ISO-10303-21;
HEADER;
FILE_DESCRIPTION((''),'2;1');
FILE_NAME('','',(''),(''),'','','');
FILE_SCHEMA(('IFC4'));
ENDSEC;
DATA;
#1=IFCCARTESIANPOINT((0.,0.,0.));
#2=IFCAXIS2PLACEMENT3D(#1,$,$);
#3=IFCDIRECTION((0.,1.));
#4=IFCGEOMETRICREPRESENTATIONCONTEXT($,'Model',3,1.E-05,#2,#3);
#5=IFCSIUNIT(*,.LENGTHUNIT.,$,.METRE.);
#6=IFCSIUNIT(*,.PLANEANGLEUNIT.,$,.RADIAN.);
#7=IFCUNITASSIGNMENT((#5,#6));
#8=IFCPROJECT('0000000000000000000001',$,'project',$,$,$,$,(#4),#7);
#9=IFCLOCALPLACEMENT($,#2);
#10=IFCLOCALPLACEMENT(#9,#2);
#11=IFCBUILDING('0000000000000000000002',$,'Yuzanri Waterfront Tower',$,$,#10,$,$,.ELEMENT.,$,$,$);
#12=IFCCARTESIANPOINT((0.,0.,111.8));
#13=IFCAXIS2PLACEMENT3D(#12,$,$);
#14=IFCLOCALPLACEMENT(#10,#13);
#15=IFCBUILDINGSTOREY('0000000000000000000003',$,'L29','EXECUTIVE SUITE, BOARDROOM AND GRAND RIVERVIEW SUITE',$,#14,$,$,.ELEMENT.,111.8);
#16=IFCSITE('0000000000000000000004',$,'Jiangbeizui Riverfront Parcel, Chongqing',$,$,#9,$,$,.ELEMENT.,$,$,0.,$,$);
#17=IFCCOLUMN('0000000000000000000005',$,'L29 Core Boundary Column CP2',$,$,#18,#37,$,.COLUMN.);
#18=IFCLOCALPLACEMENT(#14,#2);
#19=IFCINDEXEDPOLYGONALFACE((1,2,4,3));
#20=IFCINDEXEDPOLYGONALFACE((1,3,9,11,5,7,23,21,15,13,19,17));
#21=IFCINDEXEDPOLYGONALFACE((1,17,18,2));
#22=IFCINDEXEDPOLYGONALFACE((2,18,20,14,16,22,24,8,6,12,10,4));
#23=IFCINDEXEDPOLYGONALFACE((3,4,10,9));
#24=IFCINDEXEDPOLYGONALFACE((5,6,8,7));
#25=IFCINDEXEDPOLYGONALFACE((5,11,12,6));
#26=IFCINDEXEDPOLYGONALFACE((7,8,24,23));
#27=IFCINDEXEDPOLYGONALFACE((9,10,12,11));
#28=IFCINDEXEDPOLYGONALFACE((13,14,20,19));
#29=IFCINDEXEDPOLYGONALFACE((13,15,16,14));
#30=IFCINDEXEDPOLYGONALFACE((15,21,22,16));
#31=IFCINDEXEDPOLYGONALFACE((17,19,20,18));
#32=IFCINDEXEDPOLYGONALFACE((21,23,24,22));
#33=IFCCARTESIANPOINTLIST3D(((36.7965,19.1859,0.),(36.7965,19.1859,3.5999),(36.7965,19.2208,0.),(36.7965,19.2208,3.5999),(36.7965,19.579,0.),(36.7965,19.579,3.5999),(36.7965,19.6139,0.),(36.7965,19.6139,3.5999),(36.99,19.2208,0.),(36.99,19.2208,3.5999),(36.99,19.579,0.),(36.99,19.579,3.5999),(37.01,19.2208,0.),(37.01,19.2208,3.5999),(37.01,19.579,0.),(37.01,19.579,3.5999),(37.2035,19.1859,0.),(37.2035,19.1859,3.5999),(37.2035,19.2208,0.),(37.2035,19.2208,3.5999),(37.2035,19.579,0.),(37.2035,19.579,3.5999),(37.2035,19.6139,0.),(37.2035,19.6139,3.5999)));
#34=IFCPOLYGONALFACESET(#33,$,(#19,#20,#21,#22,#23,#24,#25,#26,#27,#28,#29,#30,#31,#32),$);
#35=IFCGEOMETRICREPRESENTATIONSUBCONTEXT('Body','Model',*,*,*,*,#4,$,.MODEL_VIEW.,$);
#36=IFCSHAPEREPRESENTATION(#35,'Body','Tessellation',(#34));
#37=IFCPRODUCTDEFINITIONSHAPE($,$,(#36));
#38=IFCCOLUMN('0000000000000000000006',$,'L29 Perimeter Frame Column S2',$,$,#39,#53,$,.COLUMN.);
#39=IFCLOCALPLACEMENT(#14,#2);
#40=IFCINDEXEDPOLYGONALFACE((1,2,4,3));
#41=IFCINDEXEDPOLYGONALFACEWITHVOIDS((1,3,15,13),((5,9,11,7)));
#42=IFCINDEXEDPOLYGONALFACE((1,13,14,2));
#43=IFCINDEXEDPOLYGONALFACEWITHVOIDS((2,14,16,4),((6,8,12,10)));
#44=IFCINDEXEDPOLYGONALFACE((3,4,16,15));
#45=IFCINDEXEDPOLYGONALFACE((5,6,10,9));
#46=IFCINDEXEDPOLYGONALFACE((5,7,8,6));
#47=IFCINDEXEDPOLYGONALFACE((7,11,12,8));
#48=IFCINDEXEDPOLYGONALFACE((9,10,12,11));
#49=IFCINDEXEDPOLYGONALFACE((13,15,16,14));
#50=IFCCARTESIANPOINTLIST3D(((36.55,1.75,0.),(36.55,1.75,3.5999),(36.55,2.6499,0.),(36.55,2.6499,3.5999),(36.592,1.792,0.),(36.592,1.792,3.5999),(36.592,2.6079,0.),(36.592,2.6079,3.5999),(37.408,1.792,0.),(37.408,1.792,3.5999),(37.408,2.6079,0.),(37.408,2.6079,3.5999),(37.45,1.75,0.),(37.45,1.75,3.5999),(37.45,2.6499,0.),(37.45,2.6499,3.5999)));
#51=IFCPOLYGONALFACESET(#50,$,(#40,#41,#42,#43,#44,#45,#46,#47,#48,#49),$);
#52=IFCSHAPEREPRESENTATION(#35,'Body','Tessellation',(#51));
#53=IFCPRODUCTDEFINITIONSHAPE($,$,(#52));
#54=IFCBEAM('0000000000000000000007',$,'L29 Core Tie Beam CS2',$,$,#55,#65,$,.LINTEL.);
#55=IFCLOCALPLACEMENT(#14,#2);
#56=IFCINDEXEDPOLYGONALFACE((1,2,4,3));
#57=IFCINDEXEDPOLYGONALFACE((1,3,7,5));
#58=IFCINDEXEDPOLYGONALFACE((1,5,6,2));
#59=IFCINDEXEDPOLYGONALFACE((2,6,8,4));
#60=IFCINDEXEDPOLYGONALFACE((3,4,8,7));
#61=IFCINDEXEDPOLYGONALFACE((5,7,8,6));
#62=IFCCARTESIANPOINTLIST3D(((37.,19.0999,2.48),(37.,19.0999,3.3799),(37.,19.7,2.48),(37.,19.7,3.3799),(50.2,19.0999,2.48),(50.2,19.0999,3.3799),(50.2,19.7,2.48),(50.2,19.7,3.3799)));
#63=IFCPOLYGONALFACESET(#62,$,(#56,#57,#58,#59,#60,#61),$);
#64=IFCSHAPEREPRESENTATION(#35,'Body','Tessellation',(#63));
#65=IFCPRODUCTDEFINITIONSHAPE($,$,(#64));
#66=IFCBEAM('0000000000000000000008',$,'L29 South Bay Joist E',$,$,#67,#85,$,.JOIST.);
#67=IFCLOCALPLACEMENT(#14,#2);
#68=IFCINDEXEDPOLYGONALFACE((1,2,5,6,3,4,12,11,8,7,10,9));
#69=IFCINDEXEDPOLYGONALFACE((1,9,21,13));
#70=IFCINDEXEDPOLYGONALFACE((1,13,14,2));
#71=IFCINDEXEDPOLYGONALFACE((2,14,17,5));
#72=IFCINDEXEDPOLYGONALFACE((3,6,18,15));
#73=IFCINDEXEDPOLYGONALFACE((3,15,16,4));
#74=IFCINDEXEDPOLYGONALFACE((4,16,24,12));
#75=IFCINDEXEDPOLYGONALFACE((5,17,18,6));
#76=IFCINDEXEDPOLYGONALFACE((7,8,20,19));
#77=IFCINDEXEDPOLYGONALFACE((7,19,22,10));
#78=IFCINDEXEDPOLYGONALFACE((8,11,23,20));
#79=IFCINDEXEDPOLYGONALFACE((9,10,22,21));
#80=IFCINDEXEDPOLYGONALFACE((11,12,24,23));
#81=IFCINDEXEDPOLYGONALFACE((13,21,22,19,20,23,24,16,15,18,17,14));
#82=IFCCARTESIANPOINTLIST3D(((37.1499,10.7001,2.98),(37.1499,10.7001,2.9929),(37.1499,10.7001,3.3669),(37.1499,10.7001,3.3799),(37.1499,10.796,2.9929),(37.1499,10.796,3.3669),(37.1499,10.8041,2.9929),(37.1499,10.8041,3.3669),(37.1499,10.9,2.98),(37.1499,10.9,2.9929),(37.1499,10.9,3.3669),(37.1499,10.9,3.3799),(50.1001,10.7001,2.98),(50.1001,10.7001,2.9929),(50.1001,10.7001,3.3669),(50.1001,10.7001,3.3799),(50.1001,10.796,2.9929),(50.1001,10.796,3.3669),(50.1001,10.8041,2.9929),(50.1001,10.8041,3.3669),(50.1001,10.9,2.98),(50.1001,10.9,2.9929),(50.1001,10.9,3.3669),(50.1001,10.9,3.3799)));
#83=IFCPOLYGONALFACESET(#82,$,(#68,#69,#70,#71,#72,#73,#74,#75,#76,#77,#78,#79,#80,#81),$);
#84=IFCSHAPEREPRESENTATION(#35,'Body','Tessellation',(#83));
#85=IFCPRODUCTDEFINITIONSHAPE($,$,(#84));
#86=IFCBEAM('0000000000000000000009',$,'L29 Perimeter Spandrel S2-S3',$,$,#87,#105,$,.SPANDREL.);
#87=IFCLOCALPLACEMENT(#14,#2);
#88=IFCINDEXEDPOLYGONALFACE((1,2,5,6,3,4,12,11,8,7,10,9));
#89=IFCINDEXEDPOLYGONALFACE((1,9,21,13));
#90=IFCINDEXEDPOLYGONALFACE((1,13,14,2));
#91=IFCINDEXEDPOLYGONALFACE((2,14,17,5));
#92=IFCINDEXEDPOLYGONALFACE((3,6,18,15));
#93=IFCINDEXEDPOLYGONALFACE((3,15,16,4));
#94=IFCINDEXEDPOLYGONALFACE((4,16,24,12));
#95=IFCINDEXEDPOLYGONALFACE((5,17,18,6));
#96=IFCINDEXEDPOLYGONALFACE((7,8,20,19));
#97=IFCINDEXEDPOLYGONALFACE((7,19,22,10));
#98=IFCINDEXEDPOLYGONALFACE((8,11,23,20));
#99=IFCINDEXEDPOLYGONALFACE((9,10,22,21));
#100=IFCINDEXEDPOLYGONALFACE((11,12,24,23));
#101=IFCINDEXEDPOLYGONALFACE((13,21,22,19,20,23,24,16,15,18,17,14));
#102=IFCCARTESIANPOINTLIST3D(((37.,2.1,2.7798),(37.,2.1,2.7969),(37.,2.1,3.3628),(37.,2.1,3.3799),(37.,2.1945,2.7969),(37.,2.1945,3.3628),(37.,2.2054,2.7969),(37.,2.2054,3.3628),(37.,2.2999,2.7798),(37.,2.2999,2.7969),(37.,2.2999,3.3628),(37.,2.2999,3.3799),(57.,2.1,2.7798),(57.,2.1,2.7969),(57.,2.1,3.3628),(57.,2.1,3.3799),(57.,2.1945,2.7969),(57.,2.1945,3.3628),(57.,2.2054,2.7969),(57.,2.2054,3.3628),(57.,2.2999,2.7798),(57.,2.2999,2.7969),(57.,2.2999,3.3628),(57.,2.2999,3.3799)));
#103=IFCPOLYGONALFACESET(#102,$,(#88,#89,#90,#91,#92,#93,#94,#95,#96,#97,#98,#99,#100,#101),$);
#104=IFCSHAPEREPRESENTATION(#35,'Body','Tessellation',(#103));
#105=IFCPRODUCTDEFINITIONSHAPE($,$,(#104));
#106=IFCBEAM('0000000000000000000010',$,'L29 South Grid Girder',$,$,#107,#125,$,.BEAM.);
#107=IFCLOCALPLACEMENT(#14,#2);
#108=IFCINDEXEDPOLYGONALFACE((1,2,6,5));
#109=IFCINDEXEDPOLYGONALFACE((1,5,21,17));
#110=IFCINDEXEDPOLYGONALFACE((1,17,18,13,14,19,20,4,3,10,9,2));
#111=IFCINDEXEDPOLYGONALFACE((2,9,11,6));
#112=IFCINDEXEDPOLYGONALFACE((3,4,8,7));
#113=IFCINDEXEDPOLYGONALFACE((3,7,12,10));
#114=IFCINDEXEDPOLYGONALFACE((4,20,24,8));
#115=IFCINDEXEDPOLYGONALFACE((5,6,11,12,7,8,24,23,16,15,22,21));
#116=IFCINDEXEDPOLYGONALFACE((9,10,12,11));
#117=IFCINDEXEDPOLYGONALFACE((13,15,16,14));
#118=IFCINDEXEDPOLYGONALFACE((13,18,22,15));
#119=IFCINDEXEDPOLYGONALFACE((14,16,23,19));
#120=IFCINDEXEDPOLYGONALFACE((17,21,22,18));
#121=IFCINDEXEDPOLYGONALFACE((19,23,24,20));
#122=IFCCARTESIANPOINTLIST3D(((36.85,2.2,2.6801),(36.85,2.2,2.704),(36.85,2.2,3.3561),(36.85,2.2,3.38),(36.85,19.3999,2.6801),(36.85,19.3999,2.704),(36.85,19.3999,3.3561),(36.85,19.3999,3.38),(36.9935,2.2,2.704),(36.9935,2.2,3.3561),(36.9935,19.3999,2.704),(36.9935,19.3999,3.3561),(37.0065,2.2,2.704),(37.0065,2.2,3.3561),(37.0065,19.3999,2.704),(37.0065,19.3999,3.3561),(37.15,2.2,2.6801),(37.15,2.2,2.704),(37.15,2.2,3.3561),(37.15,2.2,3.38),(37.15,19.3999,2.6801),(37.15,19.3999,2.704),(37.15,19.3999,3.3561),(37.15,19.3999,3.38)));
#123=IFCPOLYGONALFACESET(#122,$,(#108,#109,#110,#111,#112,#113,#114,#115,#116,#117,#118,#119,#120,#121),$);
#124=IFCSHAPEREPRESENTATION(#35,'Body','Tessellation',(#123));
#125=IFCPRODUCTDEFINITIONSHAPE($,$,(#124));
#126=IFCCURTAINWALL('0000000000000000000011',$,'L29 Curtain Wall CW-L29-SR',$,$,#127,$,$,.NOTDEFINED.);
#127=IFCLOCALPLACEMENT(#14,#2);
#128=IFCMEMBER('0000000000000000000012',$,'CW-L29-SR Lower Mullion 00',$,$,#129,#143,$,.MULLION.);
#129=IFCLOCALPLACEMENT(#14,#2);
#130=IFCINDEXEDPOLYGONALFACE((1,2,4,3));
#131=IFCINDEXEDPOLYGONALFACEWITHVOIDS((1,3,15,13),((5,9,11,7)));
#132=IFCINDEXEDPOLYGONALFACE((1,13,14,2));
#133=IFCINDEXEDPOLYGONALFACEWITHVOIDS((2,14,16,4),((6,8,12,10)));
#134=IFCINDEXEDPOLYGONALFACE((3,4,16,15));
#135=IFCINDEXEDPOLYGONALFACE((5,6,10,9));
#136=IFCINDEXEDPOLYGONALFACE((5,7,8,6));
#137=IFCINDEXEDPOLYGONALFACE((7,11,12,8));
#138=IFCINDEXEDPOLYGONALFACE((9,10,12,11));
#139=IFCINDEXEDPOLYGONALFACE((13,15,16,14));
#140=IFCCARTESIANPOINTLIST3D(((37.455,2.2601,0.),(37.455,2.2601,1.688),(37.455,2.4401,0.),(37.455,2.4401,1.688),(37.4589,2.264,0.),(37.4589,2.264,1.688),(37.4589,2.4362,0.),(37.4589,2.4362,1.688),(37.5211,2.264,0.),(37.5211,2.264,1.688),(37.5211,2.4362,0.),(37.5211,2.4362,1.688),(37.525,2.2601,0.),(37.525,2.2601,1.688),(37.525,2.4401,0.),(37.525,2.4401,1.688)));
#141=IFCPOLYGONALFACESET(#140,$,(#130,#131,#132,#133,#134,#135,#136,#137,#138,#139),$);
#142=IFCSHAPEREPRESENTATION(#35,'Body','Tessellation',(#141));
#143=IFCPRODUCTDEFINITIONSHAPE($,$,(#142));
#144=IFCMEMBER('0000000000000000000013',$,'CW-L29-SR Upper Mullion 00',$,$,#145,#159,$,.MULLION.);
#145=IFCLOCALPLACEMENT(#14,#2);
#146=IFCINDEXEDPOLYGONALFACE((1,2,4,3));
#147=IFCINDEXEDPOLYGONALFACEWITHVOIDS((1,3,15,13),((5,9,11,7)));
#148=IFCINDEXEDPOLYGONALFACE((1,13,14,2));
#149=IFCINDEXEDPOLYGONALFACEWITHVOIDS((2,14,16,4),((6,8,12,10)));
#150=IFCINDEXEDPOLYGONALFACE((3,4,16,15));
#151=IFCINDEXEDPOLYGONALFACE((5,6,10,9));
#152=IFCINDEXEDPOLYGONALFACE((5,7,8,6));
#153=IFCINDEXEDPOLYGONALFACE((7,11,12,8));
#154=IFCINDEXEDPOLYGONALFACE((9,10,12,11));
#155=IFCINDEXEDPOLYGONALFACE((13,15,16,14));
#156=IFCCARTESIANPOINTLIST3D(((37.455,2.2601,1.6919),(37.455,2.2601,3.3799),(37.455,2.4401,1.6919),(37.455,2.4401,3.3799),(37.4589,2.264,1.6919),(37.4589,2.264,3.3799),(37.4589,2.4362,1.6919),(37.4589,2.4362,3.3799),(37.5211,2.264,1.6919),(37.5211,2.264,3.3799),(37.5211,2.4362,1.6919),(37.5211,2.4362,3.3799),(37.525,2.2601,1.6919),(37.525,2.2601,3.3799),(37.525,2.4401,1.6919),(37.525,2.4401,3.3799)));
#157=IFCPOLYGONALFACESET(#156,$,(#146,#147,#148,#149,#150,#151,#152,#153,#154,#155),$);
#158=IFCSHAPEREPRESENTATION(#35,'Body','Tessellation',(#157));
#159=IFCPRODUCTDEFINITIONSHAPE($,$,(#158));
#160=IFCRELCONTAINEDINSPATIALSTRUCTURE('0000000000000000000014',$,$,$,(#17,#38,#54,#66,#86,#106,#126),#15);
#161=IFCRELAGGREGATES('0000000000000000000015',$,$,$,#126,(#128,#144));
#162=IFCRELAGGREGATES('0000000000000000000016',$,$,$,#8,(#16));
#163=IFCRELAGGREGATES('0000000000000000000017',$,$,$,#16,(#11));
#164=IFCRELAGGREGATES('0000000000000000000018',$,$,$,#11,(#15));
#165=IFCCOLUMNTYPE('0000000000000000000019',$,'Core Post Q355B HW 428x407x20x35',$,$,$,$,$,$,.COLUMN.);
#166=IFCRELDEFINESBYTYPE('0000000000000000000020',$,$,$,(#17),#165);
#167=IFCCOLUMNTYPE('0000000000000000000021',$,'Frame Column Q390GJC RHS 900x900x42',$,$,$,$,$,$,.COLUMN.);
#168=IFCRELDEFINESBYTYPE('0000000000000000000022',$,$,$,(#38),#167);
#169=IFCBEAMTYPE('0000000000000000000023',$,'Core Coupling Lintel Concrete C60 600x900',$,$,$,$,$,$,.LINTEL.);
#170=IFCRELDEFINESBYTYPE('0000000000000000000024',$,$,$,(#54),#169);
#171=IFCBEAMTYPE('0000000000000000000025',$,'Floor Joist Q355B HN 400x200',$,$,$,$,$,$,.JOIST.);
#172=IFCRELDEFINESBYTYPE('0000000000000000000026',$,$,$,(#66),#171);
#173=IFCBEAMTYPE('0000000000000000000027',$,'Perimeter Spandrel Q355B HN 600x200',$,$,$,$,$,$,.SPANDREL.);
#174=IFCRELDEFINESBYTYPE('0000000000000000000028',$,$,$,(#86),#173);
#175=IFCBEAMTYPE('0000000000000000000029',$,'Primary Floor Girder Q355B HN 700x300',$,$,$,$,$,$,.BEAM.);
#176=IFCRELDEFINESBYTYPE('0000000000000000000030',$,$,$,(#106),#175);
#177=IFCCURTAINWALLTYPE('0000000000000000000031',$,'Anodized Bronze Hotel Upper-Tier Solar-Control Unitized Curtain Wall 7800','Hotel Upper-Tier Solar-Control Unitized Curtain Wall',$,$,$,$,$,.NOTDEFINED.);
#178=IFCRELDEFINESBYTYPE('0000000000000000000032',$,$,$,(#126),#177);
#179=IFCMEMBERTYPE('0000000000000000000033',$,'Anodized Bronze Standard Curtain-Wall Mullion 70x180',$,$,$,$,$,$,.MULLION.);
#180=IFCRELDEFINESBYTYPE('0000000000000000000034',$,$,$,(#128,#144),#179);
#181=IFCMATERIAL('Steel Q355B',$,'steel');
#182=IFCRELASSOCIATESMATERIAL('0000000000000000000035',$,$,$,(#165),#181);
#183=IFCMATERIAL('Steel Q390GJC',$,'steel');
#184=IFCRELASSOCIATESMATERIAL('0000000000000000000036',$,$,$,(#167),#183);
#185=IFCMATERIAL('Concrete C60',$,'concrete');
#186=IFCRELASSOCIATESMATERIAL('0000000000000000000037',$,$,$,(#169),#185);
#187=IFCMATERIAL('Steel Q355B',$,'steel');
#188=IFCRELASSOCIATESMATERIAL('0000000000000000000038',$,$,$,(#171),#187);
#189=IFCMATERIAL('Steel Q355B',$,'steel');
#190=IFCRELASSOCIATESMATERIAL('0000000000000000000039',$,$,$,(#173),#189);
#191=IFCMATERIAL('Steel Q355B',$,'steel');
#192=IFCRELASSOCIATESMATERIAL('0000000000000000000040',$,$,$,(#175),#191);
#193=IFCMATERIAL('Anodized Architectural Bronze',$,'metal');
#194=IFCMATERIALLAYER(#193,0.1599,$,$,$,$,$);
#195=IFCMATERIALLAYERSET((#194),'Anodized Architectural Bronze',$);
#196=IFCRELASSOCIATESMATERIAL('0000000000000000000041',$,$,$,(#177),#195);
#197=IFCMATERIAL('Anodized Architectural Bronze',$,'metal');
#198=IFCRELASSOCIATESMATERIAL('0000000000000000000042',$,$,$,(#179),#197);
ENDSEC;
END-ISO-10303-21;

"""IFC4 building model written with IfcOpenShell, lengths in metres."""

from ifc_helpers import new_model, si_unit, direction, frame, origin, origin_2d, place, context, subcontext, project, spatial, rectangle, hollow_rectangle, i_section, extrude, source, transform, mapped, material, layer, layer_set, material_profile, profile_set, type_object, element, aggregate, save


model = new_model("IFC4")

# Units and contexts
model_context = context("Model", 3, precision=1e-05, world=origin(), true_north=direction((0.0, 1.0)))
body_context = subcontext(model_context, "Body", "Model", "MODEL_VIEW")
ifc_project = project(units=[si_unit("LENGTHUNIT", "METRE"), si_unit("PLANEANGLEUNIT", "RADIAN")], contexts=[model_context])

# Site, building, storey
site_placement = place(None, origin())
site = spatial("IfcSite", under=ifc_project, at=site_placement, Name="Jiangbeizui Riverfront Parcel, Chongqing", CompositionType="ELEMENT", RefElevation=0.0)
building_placement = place(site_placement, origin())
building = spatial("IfcBuilding", under=site, at=building_placement, Name="Yuzanri Waterfront Tower", CompositionType="ELEMENT")
storey_placement = place(building_placement, frame((0.0, 0.0, 111.8)))
storey = spatial("IfcBuildingStorey", under=building, at=storey_placement, Name="L29", Description="EXECUTIVE SUITE, BOARDROOM AND GRAND RIVERVIEW SUITE", CompositionType="ELEMENT", Elevation=111.8)

# Columns
ifc_material_1 = material(Name="Steel Q355B", Category="steel")
ifc_material_profile_1 = material_profile(ifc_material_1, i_section(OverallWidth=0.407, OverallDepth=0.428, WebThickness=0.02, FlangeThickness=0.0349, at=origin_2d()), Name="HW 428x407x20x35")
ifc_profile_set_1 = profile_set([ifc_material_profile_1], Name="Steel Q355B")
column_type_1 = type_object("IfcColumnType", Name="Core Post Q355B HW 428x407x20x35", PredefinedType="COLUMN", material=ifc_profile_set_1)
shared_shape_1 = source(origin(), body_context, "Body", "SweptSolid", [
    extrude(i_section(OverallWidth=0.407, OverallDepth=0.428, WebThickness=0.02, FlangeThickness=0.0349, at=origin_2d()), origin(), (0.0, 0.0, 1.0), 3.5999),
])
column_1_placement = place(storey_placement, frame((37.0, 19.3999, 0.0), z_axis=(0.0, 0.0, 1.0), x_axis=(1.0, 0.0, 0.0)))
element("IfcColumn", 1, at=column_1_placement, inside=storey, type_object=column_type_1, Name="L29 Core Boundary Column CP2", PredefinedType="COLUMN", context=body_context, shape_type="MappedRepresentation", body=[
    mapped(shared_shape_1, transform((0.0, 0.0, 0.0), scale=1.0)),
])
ifc_material_2 = material(Name="Steel Q390GJC", Category="steel")
ifc_material_profile_2 = material_profile(ifc_material_2, hollow_rectangle(XDim=0.8999, YDim=0.8999, WallThickness=0.042, at=origin_2d()), Name="RHS 900x900x42")
ifc_profile_set_2 = profile_set([ifc_material_profile_2], Name="Steel Q390GJC")
column_type_2 = type_object("IfcColumnType", Name="Frame Column Q390GJC RHS 900x900x42", PredefinedType="COLUMN", material=ifc_profile_set_2)
shared_shape_2 = source(origin(), body_context, "Body", "SweptSolid", [
    extrude(hollow_rectangle(XDim=0.8999, YDim=0.8999, WallThickness=0.042, at=origin_2d()), origin(), (0.0, 0.0, 1.0), 3.5999),
])
column_2_placement = place(storey_placement, frame((37.0, 2.2, 0.0), z_axis=(0.0, 0.0, 1.0), x_axis=(1.0, 0.0, 0.0)))
element("IfcColumn", 2, at=column_2_placement, inside=storey, type_object=column_type_2, Name="L29 Perimeter Frame Column S2", PredefinedType="COLUMN", context=body_context, shape_type="MappedRepresentation", body=[
    mapped(shared_shape_2, transform((0.0, 0.0, 0.0), scale=1.0)),
])

# Beams
ifc_material_3 = material(Name="Concrete C60", Category="concrete")
ifc_material_profile_3 = material_profile(ifc_material_3, rectangle(XDim=0.6001, YDim=0.8999, at=origin_2d()), Name="RC 600x900")
ifc_profile_set_3 = profile_set([ifc_material_profile_3], Name="Concrete C60")
beam_type_1 = type_object("IfcBeamType", Name="Core Coupling Lintel Concrete C60 600x900", PredefinedType="LINTEL", material=ifc_profile_set_3)
shared_shape_3 = source(origin(), body_context, "Body", "SweptSolid", [
    extrude(rectangle(XDim=0.6001, YDim=0.8999, at=origin_2d()), origin(), (0.0, 0.0, 1.0), 13.2),
])
beam_1_placement = place(storey_placement, frame((37.0, 19.3999, 2.9299), z_axis=(1.0, 0.0, 0.0), x_axis=(0.0, 1.0, 0.0)))
element("IfcBeam", 3, at=beam_1_placement, inside=storey, type_object=beam_type_1, Name="L29 Core Tie Beam CS2", PredefinedType="LINTEL", context=body_context, shape_type="MappedRepresentation", body=[
    mapped(shared_shape_3, transform((0.0, 0.0, 0.0), scale=1.0)),
])
ifc_material_4 = material(Name="Steel Q355B", Category="steel")
ifc_material_profile_4 = material_profile(ifc_material_4, i_section(OverallWidth=0.2, OverallDepth=0.3999, WebThickness=0.0081, FlangeThickness=0.0129, at=origin_2d()), Name="HN 400x200x8x13")
ifc_profile_set_4 = profile_set([ifc_material_profile_4], Name="Steel Q355B")
beam_type_2 = type_object("IfcBeamType", Name="Floor Joist Q355B HN 400x200", PredefinedType="JOIST", material=ifc_profile_set_4)
shared_shape_4 = source(origin(), body_context, "Body", "SweptSolid", [
    extrude(i_section(OverallWidth=0.2, OverallDepth=0.3999, WebThickness=0.0081, FlangeThickness=0.0129, at=origin_2d()), origin(), (0.0, 0.0, 1.0), 12.9502),
])
beam_2_placement = place(storey_placement, frame((37.1499, 10.8, 3.1799), z_axis=(1.0, 0.0, 0.0), x_axis=(0.0, 1.0, 0.0)))
element("IfcBeam", 4, at=beam_2_placement, inside=storey, type_object=beam_type_2, Name="L29 South Bay Joist E", PredefinedType="JOIST", context=body_context, shape_type="MappedRepresentation", body=[
    mapped(shared_shape_4, transform((0.0, 0.0, 0.0), scale=1.0)),
])
ifc_material_5 = material(Name="Steel Q355B", Category="steel")
ifc_material_profile_5 = material_profile(ifc_material_5, i_section(OverallWidth=0.2, OverallDepth=0.6001, WebThickness=0.011, FlangeThickness=0.0171, at=origin_2d()), Name="HN 600x200x11x17")
ifc_profile_set_5 = profile_set([ifc_material_profile_5], Name="Steel Q355B")
beam_type_3 = type_object("IfcBeamType", Name="Perimeter Spandrel Q355B HN 600x200", PredefinedType="SPANDREL", material=ifc_profile_set_5)
shared_shape_5 = source(origin(), body_context, "Body", "SweptSolid", [
    extrude(i_section(OverallWidth=0.2, OverallDepth=0.6001, WebThickness=0.011, FlangeThickness=0.0171, at=origin_2d()), origin(), (0.0, 0.0, 1.0), 20.0),
])
beam_3_placement = place(storey_placement, frame((37.0, 2.2, 3.0798), z_axis=(1.0, 0.0, 0.0), x_axis=(0.0, 1.0, 0.0)))
element("IfcBeam", 5, at=beam_3_placement, inside=storey, type_object=beam_type_3, Name="L29 Perimeter Spandrel S2-S3", PredefinedType="SPANDREL", context=body_context, shape_type="MappedRepresentation", body=[
    mapped(shared_shape_5, transform((0.0, 0.0, 0.0), scale=1.0)),
])
ifc_material_6 = material(Name="Steel Q355B", Category="steel")
ifc_material_profile_6 = material_profile(ifc_material_6, i_section(OverallWidth=0.3, OverallDepth=0.7, WebThickness=0.0129, FlangeThickness=0.0239, at=origin_2d()), Name="HN 700x300x13x24")
ifc_profile_set_6 = profile_set([ifc_material_profile_6], Name="Steel Q355B")
beam_type_4 = type_object("IfcBeamType", Name="Primary Floor Girder Q355B HN 700x300", PredefinedType="BEAM", material=ifc_profile_set_6)
shared_shape_6 = source(origin(), body_context, "Body", "SweptSolid", [
    extrude(i_section(OverallWidth=0.3, OverallDepth=0.7, WebThickness=0.0129, FlangeThickness=0.0239, at=origin_2d()), origin(), (0.0, 0.0, 1.0), 17.2),
])
beam_4_placement = place(storey_placement, frame((37.0, 19.3999, 3.03), z_axis=(0.0, -1.0, 0.0), x_axis=(1.0, 0.0, 0.0)))
element("IfcBeam", 6, at=beam_4_placement, inside=storey, type_object=beam_type_4, Name="L29 South Grid Girder", PredefinedType="BEAM", context=body_context, shape_type="MappedRepresentation", body=[
    mapped(shared_shape_6, transform((0.0, 0.0, 0.0), scale=1.0)),
])

# Curtain wall, members
ifc_material_7 = material(Name="Anodized Architectural Bronze", Category="metal")
ifc_layer_1 = layer(ifc_material_7, 0.1599)
ifc_layer_set_1 = layer_set([ifc_layer_1], Name="Anodized Architectural Bronze")
curtain_wall_type = type_object("IfcCurtainWallType", Name="Anodized Bronze Hotel Upper-Tier Solar-Control Unitized Curtain Wall 7800", Description="Hotel Upper-Tier Solar-Control Unitized Curtain Wall", PredefinedType="NOTDEFINED", material=ifc_layer_set_1)
curtain_wall_placement = place(storey_placement, origin())
curtain_wall = element("IfcCurtainWall", 7, at=curtain_wall_placement, inside=storey, type_object=curtain_wall_type, Name="L29 Curtain Wall CW-L29-SR", PredefinedType="NOTDEFINED")
ifc_material_8 = material(Name="Anodized Architectural Bronze", Category="metal")
ifc_material_profile_7 = material_profile(ifc_material_8, hollow_rectangle(XDim=0.0701, YDim=0.1799, WallThickness=0.0039, at=origin_2d()), Name="CWM 70x180")
ifc_profile_set_7 = profile_set([ifc_material_profile_7], Name="Anodized Architectural Bronze")
member_type_1 = type_object("IfcMemberType", Name="Anodized Bronze Standard Curtain-Wall Mullion 70x180", PredefinedType="MULLION", material=ifc_profile_set_7)
shared_shape_7 = source(origin(), body_context, "Body", "SweptSolid", [
    extrude(hollow_rectangle(XDim=0.0701, YDim=0.1799, WallThickness=0.0039, at=origin_2d()), origin(), (0.0, 0.0, 1.0), 1.688),
])
member_1_placement = place(storey_placement, frame((37.49, 2.3501, 0.0), z_axis=(0.0, 0.0, 1.0), x_axis=(1.0, 0.0, 0.0)))
member_1 = element("IfcMember", 8, at=member_1_placement, type_object=member_type_1, Name="CW-L29-SR Lower Mullion 00", PredefinedType="MULLION", context=body_context, shape_type="MappedRepresentation", body=[
    mapped(shared_shape_7, transform((0.0, 0.0, 0.0), scale=1.0)),
])
member_2_placement = place(storey_placement, frame((37.49, 2.3501, 1.6919), z_axis=(0.0, 0.0, 1.0), x_axis=(1.0, 0.0, 0.0)))
member_2 = element("IfcMember", 9, at=member_2_placement, type_object=member_type_1, Name="CW-L29-SR Upper Mullion 00", PredefinedType="MULLION", context=body_context, shape_type="MappedRepresentation", body=[
    mapped(shared_shape_7, transform((0.0, 0.0, 0.0), scale=1.0)),
])
aggregate(curtain_wall, [member_1, member_2])

save(model, "model.ifc")
